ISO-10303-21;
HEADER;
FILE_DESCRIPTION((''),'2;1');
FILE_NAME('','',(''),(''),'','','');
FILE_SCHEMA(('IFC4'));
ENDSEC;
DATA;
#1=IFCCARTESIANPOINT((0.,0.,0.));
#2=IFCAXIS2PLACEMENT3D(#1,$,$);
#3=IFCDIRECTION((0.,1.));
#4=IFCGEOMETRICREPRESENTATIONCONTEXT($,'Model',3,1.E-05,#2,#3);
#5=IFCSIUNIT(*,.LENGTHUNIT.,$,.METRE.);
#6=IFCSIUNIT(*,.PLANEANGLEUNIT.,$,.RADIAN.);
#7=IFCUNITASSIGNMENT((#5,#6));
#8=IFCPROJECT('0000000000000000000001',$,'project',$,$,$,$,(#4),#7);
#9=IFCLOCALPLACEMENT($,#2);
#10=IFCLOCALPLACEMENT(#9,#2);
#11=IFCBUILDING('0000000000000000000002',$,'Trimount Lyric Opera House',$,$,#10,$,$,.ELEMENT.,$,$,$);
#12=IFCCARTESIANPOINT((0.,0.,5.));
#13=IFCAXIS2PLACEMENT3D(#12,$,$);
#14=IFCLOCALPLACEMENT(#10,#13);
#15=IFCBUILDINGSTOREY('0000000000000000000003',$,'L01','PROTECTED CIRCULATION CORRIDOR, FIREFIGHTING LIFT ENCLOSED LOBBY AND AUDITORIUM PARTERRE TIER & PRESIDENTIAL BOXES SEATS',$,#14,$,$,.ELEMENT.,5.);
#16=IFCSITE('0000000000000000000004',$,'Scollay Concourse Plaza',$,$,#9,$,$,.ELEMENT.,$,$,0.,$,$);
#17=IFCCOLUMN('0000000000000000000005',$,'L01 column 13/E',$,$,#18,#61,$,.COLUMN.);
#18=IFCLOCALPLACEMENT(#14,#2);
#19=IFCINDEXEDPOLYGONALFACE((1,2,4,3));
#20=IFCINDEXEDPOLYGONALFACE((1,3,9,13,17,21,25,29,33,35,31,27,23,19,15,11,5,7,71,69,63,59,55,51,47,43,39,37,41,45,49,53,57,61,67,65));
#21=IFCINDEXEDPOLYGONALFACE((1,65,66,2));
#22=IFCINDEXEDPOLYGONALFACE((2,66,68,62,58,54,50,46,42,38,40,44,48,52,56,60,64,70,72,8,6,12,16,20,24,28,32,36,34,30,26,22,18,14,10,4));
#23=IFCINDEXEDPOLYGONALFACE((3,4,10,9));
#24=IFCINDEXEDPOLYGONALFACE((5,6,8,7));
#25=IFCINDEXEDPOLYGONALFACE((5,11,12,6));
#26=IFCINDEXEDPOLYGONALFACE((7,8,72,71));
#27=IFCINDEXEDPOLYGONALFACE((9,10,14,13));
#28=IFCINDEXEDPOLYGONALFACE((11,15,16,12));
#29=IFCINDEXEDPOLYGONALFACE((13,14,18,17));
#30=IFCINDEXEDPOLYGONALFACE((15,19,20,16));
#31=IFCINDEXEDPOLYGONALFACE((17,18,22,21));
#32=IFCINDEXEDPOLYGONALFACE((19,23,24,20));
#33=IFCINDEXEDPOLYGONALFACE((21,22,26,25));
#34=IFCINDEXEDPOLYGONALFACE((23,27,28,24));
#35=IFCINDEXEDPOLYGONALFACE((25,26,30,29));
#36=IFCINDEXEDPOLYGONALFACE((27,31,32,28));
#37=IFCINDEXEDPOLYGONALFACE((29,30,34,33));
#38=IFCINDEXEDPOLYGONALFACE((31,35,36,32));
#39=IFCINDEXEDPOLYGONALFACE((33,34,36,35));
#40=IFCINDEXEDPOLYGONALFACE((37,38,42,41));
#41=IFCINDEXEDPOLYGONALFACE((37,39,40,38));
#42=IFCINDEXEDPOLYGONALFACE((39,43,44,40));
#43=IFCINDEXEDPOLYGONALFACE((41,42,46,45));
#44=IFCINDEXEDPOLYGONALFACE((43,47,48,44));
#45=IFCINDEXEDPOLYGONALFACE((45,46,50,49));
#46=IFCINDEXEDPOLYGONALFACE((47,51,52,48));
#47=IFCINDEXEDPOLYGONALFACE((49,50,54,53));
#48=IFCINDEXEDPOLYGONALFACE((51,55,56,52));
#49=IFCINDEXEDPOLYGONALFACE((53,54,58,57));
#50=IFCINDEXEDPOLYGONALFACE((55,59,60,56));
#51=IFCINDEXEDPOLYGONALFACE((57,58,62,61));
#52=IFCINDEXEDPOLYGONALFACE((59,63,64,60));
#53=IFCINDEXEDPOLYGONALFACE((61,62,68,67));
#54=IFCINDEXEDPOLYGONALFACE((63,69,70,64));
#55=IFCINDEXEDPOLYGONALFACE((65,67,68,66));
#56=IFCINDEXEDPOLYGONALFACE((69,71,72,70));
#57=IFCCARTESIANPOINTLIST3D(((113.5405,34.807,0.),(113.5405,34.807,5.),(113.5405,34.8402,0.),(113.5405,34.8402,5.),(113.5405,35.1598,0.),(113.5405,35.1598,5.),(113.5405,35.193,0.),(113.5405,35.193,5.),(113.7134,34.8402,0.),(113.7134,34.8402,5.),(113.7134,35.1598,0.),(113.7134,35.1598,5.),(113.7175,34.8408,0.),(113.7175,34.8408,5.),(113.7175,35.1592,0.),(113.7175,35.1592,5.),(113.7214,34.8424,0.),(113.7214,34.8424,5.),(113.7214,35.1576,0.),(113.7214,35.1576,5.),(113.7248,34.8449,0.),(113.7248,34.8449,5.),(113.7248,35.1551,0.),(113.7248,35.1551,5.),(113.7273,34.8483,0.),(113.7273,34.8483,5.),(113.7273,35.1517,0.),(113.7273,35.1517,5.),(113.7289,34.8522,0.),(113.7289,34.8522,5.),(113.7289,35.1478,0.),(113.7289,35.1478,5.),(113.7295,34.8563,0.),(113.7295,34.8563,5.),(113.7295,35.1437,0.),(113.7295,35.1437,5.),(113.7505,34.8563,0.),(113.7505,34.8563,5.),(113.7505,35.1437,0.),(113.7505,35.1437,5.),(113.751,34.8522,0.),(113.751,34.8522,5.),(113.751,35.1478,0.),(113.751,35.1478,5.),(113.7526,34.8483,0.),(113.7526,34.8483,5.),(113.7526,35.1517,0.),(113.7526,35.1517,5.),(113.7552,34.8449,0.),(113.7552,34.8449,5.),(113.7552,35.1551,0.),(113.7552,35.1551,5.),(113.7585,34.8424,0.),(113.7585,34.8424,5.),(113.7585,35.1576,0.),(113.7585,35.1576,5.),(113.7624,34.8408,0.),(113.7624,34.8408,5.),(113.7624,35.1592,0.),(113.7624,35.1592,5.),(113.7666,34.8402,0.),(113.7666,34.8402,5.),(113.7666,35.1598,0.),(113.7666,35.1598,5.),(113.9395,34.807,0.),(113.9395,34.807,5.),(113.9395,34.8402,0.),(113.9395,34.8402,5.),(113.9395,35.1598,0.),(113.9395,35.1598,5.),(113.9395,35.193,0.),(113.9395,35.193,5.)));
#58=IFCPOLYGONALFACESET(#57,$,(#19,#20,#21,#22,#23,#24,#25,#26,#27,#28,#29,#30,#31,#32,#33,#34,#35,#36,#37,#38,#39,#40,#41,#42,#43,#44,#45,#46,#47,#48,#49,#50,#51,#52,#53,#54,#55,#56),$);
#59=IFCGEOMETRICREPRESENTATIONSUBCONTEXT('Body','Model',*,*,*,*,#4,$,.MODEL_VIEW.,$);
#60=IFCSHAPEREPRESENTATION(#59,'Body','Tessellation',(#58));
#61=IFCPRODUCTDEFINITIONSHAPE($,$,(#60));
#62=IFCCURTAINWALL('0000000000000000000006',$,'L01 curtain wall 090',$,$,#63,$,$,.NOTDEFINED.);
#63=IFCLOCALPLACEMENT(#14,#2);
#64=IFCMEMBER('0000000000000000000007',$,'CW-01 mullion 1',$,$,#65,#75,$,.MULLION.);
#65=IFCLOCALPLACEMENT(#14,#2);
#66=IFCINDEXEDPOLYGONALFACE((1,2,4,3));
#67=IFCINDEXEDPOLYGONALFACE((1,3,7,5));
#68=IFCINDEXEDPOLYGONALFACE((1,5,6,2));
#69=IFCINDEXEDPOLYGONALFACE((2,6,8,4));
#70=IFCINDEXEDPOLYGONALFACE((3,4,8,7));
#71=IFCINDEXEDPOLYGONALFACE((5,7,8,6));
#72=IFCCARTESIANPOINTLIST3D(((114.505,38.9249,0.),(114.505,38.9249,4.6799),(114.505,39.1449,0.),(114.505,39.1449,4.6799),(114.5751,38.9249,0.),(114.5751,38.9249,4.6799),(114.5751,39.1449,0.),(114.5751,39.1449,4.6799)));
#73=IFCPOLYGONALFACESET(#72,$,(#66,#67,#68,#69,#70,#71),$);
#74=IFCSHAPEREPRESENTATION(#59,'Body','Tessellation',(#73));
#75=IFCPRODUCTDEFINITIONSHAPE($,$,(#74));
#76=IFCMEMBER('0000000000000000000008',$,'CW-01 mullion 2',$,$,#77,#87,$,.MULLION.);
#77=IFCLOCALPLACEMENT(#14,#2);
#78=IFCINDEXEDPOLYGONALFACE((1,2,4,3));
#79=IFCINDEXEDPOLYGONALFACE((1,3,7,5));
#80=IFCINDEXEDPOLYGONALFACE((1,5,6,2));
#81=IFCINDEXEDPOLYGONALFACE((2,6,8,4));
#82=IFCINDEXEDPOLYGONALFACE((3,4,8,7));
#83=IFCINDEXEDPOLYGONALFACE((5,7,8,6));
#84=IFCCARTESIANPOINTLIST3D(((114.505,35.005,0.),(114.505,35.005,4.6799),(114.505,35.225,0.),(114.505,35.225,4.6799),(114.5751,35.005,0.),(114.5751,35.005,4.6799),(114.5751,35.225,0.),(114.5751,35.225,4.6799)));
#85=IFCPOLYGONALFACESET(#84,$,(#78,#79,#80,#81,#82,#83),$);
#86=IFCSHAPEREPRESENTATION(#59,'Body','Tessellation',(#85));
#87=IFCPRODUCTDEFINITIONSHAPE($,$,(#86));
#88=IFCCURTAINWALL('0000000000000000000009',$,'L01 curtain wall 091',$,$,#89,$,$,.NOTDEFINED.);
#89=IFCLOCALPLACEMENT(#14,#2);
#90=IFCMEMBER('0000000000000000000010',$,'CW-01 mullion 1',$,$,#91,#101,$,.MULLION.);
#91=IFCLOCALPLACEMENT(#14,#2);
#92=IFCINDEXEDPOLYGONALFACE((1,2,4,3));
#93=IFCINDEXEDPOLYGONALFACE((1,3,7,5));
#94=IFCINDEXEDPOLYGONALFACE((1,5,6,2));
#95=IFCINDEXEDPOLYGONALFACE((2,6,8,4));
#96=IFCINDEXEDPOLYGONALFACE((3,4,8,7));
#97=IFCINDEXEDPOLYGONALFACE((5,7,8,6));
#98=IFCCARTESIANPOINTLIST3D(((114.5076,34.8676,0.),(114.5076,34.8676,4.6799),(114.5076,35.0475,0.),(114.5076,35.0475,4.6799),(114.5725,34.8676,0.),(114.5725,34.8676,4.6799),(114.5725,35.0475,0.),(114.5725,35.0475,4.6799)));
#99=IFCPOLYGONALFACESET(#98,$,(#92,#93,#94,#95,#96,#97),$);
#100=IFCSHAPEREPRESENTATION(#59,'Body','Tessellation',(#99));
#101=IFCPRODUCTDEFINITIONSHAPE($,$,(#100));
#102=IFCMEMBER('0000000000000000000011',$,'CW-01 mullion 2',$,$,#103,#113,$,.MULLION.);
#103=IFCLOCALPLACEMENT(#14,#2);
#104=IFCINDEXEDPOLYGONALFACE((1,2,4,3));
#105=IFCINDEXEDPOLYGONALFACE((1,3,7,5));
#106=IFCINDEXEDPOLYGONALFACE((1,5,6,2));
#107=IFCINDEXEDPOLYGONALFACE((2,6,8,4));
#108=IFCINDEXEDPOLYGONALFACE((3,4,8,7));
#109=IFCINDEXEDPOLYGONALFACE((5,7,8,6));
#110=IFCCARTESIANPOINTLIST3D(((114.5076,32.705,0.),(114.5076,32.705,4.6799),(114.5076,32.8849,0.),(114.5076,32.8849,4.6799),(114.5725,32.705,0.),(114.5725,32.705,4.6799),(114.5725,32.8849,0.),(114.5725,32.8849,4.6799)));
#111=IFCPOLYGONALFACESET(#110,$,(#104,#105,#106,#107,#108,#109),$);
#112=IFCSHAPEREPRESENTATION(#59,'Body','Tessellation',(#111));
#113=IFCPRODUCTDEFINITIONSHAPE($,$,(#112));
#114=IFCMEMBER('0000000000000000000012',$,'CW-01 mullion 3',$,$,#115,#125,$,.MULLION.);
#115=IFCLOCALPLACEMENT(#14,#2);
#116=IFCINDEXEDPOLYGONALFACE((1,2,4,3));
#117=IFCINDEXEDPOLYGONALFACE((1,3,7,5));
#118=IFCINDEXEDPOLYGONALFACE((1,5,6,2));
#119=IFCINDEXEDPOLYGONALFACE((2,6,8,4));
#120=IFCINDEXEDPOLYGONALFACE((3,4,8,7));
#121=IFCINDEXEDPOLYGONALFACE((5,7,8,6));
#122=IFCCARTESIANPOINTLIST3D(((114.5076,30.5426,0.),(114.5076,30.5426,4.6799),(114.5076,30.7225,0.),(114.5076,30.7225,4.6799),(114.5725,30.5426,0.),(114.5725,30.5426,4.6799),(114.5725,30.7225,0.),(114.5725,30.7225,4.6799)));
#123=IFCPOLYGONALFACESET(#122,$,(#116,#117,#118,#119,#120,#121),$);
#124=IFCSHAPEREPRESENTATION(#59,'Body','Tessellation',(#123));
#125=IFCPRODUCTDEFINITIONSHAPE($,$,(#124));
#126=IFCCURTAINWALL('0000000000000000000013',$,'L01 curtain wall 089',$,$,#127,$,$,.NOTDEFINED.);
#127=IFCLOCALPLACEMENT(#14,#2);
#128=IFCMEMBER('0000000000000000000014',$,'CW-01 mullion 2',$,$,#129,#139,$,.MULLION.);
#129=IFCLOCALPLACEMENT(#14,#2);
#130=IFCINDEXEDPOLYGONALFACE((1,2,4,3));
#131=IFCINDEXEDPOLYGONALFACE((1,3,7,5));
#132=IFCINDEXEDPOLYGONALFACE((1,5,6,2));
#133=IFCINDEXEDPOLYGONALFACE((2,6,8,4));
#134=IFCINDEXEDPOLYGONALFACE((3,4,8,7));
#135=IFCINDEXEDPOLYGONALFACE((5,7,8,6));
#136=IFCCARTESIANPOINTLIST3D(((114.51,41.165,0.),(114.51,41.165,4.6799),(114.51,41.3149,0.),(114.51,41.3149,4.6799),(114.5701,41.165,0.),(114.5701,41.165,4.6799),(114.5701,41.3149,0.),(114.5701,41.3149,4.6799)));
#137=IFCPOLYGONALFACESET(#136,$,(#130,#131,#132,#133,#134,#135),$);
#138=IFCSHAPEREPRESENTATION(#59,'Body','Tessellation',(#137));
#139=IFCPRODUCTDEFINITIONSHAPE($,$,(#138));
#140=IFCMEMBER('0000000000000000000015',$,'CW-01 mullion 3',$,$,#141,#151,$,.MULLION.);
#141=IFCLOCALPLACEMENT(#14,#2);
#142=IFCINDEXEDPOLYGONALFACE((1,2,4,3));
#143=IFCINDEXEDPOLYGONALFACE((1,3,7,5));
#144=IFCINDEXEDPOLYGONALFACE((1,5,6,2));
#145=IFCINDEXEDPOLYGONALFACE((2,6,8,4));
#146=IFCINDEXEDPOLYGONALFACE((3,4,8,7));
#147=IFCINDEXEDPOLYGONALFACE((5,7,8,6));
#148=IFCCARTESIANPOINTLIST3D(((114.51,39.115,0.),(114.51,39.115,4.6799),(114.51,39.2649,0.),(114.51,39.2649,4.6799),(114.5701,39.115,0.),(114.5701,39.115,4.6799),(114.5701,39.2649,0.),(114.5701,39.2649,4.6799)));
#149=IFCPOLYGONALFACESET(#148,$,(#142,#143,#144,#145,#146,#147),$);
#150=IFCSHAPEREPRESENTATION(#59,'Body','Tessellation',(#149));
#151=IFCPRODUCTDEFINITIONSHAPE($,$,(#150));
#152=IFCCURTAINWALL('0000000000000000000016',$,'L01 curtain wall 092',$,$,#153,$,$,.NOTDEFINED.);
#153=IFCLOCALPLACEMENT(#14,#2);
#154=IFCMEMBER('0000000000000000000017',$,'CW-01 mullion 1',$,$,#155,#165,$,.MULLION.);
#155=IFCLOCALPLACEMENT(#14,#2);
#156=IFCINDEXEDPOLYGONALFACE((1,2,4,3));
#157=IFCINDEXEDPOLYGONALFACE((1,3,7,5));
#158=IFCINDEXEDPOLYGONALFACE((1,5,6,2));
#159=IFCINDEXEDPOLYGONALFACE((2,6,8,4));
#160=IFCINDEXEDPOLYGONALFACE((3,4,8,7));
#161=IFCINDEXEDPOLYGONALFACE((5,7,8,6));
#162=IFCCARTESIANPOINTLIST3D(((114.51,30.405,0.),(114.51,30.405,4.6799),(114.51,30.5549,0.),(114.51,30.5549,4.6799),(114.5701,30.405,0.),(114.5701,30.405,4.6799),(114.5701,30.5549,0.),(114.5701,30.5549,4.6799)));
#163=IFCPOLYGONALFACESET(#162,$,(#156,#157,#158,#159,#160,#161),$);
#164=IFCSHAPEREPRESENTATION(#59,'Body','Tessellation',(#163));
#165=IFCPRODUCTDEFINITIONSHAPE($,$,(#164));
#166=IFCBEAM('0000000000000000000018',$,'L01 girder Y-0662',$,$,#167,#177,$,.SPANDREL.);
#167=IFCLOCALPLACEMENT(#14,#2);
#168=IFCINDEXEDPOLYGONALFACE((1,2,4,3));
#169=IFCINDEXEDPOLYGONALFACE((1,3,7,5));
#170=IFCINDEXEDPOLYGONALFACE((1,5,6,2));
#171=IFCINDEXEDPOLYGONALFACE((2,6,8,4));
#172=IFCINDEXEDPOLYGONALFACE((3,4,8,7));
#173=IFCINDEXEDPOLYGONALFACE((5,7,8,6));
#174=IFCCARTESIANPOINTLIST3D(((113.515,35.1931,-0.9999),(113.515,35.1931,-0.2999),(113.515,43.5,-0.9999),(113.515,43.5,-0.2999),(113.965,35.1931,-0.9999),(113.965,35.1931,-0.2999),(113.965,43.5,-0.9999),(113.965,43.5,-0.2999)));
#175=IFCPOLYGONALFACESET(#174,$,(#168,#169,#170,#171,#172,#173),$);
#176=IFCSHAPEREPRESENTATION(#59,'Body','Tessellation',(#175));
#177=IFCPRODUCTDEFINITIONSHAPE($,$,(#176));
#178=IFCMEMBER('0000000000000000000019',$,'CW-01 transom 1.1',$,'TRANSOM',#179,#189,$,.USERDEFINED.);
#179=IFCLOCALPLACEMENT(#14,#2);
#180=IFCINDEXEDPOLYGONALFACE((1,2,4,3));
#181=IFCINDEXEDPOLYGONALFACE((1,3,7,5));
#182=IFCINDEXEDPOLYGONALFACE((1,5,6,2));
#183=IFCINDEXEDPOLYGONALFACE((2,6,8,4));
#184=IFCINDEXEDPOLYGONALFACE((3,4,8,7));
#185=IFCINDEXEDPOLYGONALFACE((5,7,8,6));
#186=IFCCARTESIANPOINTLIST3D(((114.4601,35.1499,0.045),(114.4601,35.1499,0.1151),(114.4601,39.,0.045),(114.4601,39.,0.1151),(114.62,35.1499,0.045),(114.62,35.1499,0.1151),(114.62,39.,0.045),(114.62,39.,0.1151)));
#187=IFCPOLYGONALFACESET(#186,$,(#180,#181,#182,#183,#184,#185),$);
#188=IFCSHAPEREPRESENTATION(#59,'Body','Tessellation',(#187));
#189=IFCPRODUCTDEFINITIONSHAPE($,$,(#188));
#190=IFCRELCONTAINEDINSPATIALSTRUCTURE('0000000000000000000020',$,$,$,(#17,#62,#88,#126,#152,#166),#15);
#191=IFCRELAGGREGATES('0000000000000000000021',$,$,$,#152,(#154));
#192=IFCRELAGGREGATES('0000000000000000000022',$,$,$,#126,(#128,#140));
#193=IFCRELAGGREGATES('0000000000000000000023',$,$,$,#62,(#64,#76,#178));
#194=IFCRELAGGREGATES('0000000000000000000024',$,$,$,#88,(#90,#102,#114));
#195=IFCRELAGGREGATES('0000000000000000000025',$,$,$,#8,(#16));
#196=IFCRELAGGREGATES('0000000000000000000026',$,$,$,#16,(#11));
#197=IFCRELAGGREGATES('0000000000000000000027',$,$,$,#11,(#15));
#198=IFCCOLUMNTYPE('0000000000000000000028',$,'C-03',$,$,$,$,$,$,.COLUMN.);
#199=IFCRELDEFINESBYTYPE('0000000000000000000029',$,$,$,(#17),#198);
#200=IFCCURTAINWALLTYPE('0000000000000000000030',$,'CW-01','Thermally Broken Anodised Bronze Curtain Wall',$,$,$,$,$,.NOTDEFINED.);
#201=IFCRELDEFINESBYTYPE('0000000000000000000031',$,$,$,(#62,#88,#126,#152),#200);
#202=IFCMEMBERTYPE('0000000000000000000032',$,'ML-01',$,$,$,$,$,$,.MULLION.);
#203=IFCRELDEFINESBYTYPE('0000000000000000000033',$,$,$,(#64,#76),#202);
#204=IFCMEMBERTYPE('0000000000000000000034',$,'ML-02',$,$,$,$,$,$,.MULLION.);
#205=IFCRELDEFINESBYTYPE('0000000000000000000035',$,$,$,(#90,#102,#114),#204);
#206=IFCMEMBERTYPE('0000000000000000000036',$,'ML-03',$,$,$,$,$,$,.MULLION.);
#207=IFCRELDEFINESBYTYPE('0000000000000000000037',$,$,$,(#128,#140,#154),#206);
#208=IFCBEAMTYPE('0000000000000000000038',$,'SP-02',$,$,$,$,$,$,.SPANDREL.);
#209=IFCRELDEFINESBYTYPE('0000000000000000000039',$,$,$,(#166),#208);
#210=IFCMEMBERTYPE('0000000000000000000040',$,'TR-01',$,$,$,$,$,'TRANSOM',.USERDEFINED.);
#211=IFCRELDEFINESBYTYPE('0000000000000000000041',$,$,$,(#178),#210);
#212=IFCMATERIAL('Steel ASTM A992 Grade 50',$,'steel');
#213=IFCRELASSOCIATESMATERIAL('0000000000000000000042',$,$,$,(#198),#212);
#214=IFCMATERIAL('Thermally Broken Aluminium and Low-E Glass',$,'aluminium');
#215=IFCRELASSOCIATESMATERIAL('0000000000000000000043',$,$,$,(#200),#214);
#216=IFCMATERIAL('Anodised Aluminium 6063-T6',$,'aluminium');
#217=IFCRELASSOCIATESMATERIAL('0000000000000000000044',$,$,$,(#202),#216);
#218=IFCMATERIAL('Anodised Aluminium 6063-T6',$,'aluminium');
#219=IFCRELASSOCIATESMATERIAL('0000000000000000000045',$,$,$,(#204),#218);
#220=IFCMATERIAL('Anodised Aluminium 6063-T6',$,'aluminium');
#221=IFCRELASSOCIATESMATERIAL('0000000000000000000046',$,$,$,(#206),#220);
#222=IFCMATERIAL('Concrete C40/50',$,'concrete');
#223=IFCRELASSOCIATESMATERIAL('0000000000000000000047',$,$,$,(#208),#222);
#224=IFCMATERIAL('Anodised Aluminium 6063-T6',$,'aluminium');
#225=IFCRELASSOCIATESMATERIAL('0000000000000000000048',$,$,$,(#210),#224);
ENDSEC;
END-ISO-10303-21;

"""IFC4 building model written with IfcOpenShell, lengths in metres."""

from ifc_helpers import new_model, si_unit, direction, frame, origin, origin_2d, place, context, subcontext, project, spatial, rectangle, i_section, extrude, material, material_profile, profile_set, type_object, element, aggregate, save


model = new_model("IFC4")

# Units and contexts
model_context = context("Model", 3, precision=1e-05, world=origin(), true_north=direction((0.0, 1.0)))
body_context = subcontext(model_context, "Body", "Model", "MODEL_VIEW")
ifc_project = project(units=[si_unit("LENGTHUNIT", "METRE"), si_unit("PLANEANGLEUNIT", "RADIAN")], contexts=[model_context])

# Site, building, storey
site_placement = place(None, origin())
site = spatial("IfcSite", under=ifc_project, at=site_placement, Name="Scollay Concourse Plaza", CompositionType="ELEMENT", RefElevation=0.0)
building_placement = place(site_placement, origin())
building = spatial("IfcBuilding", under=site, at=building_placement, Name="Trimount Lyric Opera House", CompositionType="ELEMENT")
storey_placement = place(building_placement, frame((0.0, 0.0, 5.0)))
storey = spatial("IfcBuildingStorey", under=building, at=storey_placement, Name="L01", Description="PROTECTED CIRCULATION CORRIDOR, FIREFIGHTING LIFT ENCLOSED LOBBY AND AUDITORIUM PARTERRE TIER & PRESIDENTIAL BOXES SEATS", CompositionType="ELEMENT", Elevation=5.0)

# Column
ifc_material_1 = material(Name="Steel ASTM A992 Grade 50", Category="steel")
ifc_material_profile_1 = material_profile(ifc_material_1, i_section(OverallWidth=0.3989, OverallDepth=0.386, WebThickness=0.021, FlangeThickness=0.0332, FilletRadius=0.0161, at=origin_2d()), Name="W14X176")
ifc_profile_set_1 = profile_set([ifc_material_profile_1], Name="Steel ASTM A992 Grade 50")
column_type = type_object("IfcColumnType", Name="C-03", PredefinedType="COLUMN", material=ifc_profile_set_1)
column_placement = place(storey_placement, frame((113.74, 35.0, 0.0), z_axis=(0.0, 0.0, 1.0), x_axis=(1.0, 0.0, 0.0)))
element("IfcColumn", 1, at=column_placement, inside=storey, type_object=column_type, Name="L01 column 13/E", PredefinedType="COLUMN", context=body_context, shape_type="SweptSolid", body=[
    extrude(i_section(OverallWidth=0.3989, OverallDepth=0.386, WebThickness=0.021, FlangeThickness=0.0332, FilletRadius=0.0161, at=origin_2d()), origin(), (0.0, 0.0, 1.0), 5.0),
])

# Curtain walls, members
ifc_material_2 = material(Name="Thermally Broken Aluminium and Low-E Glass", Category="aluminium")
curtain_wall_type = type_object("IfcCurtainWallType", Name="CW-01", Description="Thermally Broken Anodised Bronze Curtain Wall", PredefinedType="NOTDEFINED", material=ifc_material_2)
curtain_wall_1_placement = place(storey_placement, origin())
curtain_wall_1 = element("IfcCurtainWall", 2, at=curtain_wall_1_placement, inside=storey, type_object=curtain_wall_type, Name="L01 curtain wall 090", PredefinedType="NOTDEFINED")
ifc_material_3 = material(Name="Anodised Aluminium 6063-T6", Category="aluminium")
ifc_material_profile_2 = material_profile(ifc_material_3, rectangle(XDim=0.0701, YDim=0.22, at=origin_2d()), Name="ALU-MULL-70X220")
ifc_profile_set_2 = profile_set([ifc_material_profile_2], Name="Anodised Aluminium 6063-T6")
member_type_1 = type_object("IfcMemberType", Name="ML-01", PredefinedType="MULLION", material=ifc_profile_set_2)
member_1_placement = place(storey_placement, frame((114.54, 39.0349, 0.0), z_axis=(0.0, 0.0, 1.0), x_axis=(1.0, 0.0, 0.0)))
member_1 = element("IfcMember", 3, at=member_1_placement, type_object=member_type_1, Name="CW-01 mullion 1", PredefinedType="MULLION", context=body_context, shape_type="SweptSolid", body=[
    extrude(rectangle(XDim=0.0701, YDim=0.22, at=origin_2d()), origin(), (0.0, 0.0, 1.0), 4.6799),
])
member_2_placement = place(storey_placement, frame((114.54, 35.115, 0.0), z_axis=(0.0, 0.0, 1.0), x_axis=(1.0, 0.0, 0.0)))
member_2 = element("IfcMember", 4, at=member_2_placement, type_object=member_type_1, Name="CW-01 mullion 2", PredefinedType="MULLION", context=body_context, shape_type="SweptSolid", body=[
    extrude(rectangle(XDim=0.0701, YDim=0.22, at=origin_2d()), origin(), (0.0, 0.0, 1.0), 4.6799),
])
curtain_wall_2_placement = place(storey_placement, origin())
curtain_wall_2 = element("IfcCurtainWall", 5, at=curtain_wall_2_placement, inside=storey, type_object=curtain_wall_type, Name="L01 curtain wall 091", PredefinedType="NOTDEFINED")
ifc_material_4 = material(Name="Anodised Aluminium 6063-T6", Category="aluminium")
ifc_material_profile_3 = material_profile(ifc_material_4, rectangle(XDim=0.0649, YDim=0.1799, at=origin_2d()), Name="ALU-MULL-65X180")
ifc_profile_set_3 = profile_set([ifc_material_profile_3], Name="Anodised Aluminium 6063-T6")
member_type_2 = type_object("IfcMemberType", Name="ML-02", PredefinedType="MULLION", material=ifc_profile_set_3)
member_3_placement = place(storey_placement, frame((114.54, 34.9575, 0.0), z_axis=(0.0, 0.0, 1.0), x_axis=(1.0, 0.0, 0.0)))
member_3 = element("IfcMember", 6, at=member_3_placement, type_object=member_type_2, Name="CW-01 mullion 1", PredefinedType="MULLION", context=body_context, shape_type="SweptSolid", body=[
    extrude(rectangle(XDim=0.0649, YDim=0.1799, at=origin_2d()), origin(), (0.0, 0.0, 1.0), 4.6799),
])
member_4_placement = place(storey_placement, frame((114.54, 32.7949, 0.0), z_axis=(0.0, 0.0, 1.0), x_axis=(1.0, 0.0, 0.0)))
member_4 = element("IfcMember", 7, at=member_4_placement, type_object=member_type_2, Name="CW-01 mullion 2", PredefinedType="MULLION", context=body_context, shape_type="SweptSolid", body=[
    extrude(rectangle(XDim=0.0649, YDim=0.1799, at=origin_2d()), origin(), (0.0, 0.0, 1.0), 4.6799),
])
member_5_placement = place(storey_placement, frame((114.54, 30.6326, 0.0), z_axis=(0.0, 0.0, 1.0), x_axis=(1.0, 0.0, 0.0)))
member_5 = element("IfcMember", 8, at=member_5_placement, type_object=member_type_2, Name="CW-01 mullion 3", PredefinedType="MULLION", context=body_context, shape_type="SweptSolid", body=[
    extrude(rectangle(XDim=0.0649, YDim=0.1799, at=origin_2d()), origin(), (0.0, 0.0, 1.0), 4.6799),
])
curtain_wall_3_placement = place(storey_placement, origin())
curtain_wall_3 = element("IfcCurtainWall", 9, at=curtain_wall_3_placement, inside=storey, type_object=curtain_wall_type, Name="L01 curtain wall 089", PredefinedType="NOTDEFINED")
ifc_material_5 = material(Name="Anodised Aluminium 6063-T6", Category="aluminium")
ifc_material_profile_4 = material_profile(ifc_material_5, rectangle(XDim=0.0601, YDim=0.1499, at=origin_2d()), Name="ALU-MULL-60X150")
ifc_profile_set_4 = profile_set([ifc_material_profile_4], Name="Anodised Aluminium 6063-T6")
member_type_3 = type_object("IfcMemberType", Name="ML-03", PredefinedType="MULLION", material=ifc_profile_set_4)
member_6_placement = place(storey_placement, frame((114.54, 41.24, 0.0), z_axis=(0.0, 0.0, 1.0), x_axis=(1.0, 0.0, 0.0)))
member_6 = element("IfcMember", 10, at=member_6_placement, type_object=member_type_3, Name="CW-01 mullion 2", PredefinedType="MULLION", context=body_context, shape_type="SweptSolid", body=[
    extrude(rectangle(XDim=0.0601, YDim=0.1499, at=origin_2d()), origin(), (0.0, 0.0, 1.0), 4.6799),
])
member_7_placement = place(storey_placement, frame((114.54, 39.1899, 0.0), z_axis=(0.0, 0.0, 1.0), x_axis=(1.0, 0.0, 0.0)))
member_7 = element("IfcMember", 11, at=member_7_placement, type_object=member_type_3, Name="CW-01 mullion 3", PredefinedType="MULLION", context=body_context, shape_type="SweptSolid", body=[
    extrude(rectangle(XDim=0.0601, YDim=0.1499, at=origin_2d()), origin(), (0.0, 0.0, 1.0), 4.6799),
])

# Curtain wall, member
curtain_wall_4_placement = place(storey_placement, origin())
curtain_wall_4 = element("IfcCurtainWall", 12, at=curtain_wall_4_placement, inside=storey, type_object=curtain_wall_type, Name="L01 curtain wall 092", PredefinedType="NOTDEFINED")
member_8_placement = place(storey_placement, frame((114.54, 30.48, 0.0), z_axis=(0.0, 0.0, 1.0), x_axis=(1.0, 0.0, 0.0)))
member_8 = element("IfcMember", 13, at=member_8_placement, type_object=member_type_3, Name="CW-01 mullion 1", PredefinedType="MULLION", context=body_context, shape_type="SweptSolid", body=[
    extrude(rectangle(XDim=0.0601, YDim=0.1499, at=origin_2d()), origin(), (0.0, 0.0, 1.0), 4.6799),
])

# Beam
ifc_material_6 = material(Name="Concrete C40/50", Category="concrete")
ifc_material_profile_5 = material_profile(ifc_material_6, rectangle(XDim=0.45, YDim=0.7, at=origin_2d()), Name="RC450X700")
ifc_profile_set_5 = profile_set([ifc_material_profile_5], Name="Concrete C40/50")
beam_type = type_object("IfcBeamType", Name="SP-02", PredefinedType="SPANDREL", material=ifc_profile_set_5)
beam_placement = place(storey_placement, frame((113.74, 35.1931, -0.6499), z_axis=(0.0, 1.0, 0.0), x_axis=(-1.0, 0.0, 0.0)))
element("IfcBeam", 14, at=beam_placement, inside=storey, type_object=beam_type, Name="L01 girder Y-0662", PredefinedType="SPANDREL", context=body_context, shape_type="SweptSolid", body=[
    extrude(rectangle(XDim=0.45, YDim=0.7, at=origin_2d()), origin(), (0.0, 0.0, 1.0), 8.3069),
])

# Member
ifc_material_7 = material(Name="Anodised Aluminium 6063-T6", Category="aluminium")
ifc_material_profile_6 = material_profile(ifc_material_7, rectangle(XDim=0.1599, YDim=0.0701, at=origin_2d()), Name="ALU-TRAN-70X160")
ifc_profile_set_6 = profile_set([ifc_material_profile_6], Name="Anodised Aluminium 6063-T6")
member_type_4 = type_object("IfcMemberType", Name="TR-01", ElementType="TRANSOM", PredefinedType="USERDEFINED", material=ifc_profile_set_6)
member_9_placement = place(storey_placement, frame((114.54, 39.0, 0.0801), z_axis=(0.0, -1.0, 0.0), x_axis=(1.0, 0.0, 0.0)))
member_9 = element("IfcMember", 15, at=member_9_placement, type_object=member_type_4, Name="CW-01 transom 1.1", ObjectType="TRANSOM", PredefinedType="USERDEFINED", context=body_context, shape_type="SweptSolid", body=[
    extrude(rectangle(XDim=0.1599, YDim=0.0701, at=origin_2d()), origin(), (0.0, 0.0, 1.0), 3.8501),
])
aggregate(curtain_wall_4, [member_8])

aggregate(curtain_wall_3, [member_6, member_7])
aggregate(curtain_wall_1, [member_1, member_2, member_9])
aggregate(curtain_wall_2, [member_3, member_4, member_5])

save(model, "model.ifc")
